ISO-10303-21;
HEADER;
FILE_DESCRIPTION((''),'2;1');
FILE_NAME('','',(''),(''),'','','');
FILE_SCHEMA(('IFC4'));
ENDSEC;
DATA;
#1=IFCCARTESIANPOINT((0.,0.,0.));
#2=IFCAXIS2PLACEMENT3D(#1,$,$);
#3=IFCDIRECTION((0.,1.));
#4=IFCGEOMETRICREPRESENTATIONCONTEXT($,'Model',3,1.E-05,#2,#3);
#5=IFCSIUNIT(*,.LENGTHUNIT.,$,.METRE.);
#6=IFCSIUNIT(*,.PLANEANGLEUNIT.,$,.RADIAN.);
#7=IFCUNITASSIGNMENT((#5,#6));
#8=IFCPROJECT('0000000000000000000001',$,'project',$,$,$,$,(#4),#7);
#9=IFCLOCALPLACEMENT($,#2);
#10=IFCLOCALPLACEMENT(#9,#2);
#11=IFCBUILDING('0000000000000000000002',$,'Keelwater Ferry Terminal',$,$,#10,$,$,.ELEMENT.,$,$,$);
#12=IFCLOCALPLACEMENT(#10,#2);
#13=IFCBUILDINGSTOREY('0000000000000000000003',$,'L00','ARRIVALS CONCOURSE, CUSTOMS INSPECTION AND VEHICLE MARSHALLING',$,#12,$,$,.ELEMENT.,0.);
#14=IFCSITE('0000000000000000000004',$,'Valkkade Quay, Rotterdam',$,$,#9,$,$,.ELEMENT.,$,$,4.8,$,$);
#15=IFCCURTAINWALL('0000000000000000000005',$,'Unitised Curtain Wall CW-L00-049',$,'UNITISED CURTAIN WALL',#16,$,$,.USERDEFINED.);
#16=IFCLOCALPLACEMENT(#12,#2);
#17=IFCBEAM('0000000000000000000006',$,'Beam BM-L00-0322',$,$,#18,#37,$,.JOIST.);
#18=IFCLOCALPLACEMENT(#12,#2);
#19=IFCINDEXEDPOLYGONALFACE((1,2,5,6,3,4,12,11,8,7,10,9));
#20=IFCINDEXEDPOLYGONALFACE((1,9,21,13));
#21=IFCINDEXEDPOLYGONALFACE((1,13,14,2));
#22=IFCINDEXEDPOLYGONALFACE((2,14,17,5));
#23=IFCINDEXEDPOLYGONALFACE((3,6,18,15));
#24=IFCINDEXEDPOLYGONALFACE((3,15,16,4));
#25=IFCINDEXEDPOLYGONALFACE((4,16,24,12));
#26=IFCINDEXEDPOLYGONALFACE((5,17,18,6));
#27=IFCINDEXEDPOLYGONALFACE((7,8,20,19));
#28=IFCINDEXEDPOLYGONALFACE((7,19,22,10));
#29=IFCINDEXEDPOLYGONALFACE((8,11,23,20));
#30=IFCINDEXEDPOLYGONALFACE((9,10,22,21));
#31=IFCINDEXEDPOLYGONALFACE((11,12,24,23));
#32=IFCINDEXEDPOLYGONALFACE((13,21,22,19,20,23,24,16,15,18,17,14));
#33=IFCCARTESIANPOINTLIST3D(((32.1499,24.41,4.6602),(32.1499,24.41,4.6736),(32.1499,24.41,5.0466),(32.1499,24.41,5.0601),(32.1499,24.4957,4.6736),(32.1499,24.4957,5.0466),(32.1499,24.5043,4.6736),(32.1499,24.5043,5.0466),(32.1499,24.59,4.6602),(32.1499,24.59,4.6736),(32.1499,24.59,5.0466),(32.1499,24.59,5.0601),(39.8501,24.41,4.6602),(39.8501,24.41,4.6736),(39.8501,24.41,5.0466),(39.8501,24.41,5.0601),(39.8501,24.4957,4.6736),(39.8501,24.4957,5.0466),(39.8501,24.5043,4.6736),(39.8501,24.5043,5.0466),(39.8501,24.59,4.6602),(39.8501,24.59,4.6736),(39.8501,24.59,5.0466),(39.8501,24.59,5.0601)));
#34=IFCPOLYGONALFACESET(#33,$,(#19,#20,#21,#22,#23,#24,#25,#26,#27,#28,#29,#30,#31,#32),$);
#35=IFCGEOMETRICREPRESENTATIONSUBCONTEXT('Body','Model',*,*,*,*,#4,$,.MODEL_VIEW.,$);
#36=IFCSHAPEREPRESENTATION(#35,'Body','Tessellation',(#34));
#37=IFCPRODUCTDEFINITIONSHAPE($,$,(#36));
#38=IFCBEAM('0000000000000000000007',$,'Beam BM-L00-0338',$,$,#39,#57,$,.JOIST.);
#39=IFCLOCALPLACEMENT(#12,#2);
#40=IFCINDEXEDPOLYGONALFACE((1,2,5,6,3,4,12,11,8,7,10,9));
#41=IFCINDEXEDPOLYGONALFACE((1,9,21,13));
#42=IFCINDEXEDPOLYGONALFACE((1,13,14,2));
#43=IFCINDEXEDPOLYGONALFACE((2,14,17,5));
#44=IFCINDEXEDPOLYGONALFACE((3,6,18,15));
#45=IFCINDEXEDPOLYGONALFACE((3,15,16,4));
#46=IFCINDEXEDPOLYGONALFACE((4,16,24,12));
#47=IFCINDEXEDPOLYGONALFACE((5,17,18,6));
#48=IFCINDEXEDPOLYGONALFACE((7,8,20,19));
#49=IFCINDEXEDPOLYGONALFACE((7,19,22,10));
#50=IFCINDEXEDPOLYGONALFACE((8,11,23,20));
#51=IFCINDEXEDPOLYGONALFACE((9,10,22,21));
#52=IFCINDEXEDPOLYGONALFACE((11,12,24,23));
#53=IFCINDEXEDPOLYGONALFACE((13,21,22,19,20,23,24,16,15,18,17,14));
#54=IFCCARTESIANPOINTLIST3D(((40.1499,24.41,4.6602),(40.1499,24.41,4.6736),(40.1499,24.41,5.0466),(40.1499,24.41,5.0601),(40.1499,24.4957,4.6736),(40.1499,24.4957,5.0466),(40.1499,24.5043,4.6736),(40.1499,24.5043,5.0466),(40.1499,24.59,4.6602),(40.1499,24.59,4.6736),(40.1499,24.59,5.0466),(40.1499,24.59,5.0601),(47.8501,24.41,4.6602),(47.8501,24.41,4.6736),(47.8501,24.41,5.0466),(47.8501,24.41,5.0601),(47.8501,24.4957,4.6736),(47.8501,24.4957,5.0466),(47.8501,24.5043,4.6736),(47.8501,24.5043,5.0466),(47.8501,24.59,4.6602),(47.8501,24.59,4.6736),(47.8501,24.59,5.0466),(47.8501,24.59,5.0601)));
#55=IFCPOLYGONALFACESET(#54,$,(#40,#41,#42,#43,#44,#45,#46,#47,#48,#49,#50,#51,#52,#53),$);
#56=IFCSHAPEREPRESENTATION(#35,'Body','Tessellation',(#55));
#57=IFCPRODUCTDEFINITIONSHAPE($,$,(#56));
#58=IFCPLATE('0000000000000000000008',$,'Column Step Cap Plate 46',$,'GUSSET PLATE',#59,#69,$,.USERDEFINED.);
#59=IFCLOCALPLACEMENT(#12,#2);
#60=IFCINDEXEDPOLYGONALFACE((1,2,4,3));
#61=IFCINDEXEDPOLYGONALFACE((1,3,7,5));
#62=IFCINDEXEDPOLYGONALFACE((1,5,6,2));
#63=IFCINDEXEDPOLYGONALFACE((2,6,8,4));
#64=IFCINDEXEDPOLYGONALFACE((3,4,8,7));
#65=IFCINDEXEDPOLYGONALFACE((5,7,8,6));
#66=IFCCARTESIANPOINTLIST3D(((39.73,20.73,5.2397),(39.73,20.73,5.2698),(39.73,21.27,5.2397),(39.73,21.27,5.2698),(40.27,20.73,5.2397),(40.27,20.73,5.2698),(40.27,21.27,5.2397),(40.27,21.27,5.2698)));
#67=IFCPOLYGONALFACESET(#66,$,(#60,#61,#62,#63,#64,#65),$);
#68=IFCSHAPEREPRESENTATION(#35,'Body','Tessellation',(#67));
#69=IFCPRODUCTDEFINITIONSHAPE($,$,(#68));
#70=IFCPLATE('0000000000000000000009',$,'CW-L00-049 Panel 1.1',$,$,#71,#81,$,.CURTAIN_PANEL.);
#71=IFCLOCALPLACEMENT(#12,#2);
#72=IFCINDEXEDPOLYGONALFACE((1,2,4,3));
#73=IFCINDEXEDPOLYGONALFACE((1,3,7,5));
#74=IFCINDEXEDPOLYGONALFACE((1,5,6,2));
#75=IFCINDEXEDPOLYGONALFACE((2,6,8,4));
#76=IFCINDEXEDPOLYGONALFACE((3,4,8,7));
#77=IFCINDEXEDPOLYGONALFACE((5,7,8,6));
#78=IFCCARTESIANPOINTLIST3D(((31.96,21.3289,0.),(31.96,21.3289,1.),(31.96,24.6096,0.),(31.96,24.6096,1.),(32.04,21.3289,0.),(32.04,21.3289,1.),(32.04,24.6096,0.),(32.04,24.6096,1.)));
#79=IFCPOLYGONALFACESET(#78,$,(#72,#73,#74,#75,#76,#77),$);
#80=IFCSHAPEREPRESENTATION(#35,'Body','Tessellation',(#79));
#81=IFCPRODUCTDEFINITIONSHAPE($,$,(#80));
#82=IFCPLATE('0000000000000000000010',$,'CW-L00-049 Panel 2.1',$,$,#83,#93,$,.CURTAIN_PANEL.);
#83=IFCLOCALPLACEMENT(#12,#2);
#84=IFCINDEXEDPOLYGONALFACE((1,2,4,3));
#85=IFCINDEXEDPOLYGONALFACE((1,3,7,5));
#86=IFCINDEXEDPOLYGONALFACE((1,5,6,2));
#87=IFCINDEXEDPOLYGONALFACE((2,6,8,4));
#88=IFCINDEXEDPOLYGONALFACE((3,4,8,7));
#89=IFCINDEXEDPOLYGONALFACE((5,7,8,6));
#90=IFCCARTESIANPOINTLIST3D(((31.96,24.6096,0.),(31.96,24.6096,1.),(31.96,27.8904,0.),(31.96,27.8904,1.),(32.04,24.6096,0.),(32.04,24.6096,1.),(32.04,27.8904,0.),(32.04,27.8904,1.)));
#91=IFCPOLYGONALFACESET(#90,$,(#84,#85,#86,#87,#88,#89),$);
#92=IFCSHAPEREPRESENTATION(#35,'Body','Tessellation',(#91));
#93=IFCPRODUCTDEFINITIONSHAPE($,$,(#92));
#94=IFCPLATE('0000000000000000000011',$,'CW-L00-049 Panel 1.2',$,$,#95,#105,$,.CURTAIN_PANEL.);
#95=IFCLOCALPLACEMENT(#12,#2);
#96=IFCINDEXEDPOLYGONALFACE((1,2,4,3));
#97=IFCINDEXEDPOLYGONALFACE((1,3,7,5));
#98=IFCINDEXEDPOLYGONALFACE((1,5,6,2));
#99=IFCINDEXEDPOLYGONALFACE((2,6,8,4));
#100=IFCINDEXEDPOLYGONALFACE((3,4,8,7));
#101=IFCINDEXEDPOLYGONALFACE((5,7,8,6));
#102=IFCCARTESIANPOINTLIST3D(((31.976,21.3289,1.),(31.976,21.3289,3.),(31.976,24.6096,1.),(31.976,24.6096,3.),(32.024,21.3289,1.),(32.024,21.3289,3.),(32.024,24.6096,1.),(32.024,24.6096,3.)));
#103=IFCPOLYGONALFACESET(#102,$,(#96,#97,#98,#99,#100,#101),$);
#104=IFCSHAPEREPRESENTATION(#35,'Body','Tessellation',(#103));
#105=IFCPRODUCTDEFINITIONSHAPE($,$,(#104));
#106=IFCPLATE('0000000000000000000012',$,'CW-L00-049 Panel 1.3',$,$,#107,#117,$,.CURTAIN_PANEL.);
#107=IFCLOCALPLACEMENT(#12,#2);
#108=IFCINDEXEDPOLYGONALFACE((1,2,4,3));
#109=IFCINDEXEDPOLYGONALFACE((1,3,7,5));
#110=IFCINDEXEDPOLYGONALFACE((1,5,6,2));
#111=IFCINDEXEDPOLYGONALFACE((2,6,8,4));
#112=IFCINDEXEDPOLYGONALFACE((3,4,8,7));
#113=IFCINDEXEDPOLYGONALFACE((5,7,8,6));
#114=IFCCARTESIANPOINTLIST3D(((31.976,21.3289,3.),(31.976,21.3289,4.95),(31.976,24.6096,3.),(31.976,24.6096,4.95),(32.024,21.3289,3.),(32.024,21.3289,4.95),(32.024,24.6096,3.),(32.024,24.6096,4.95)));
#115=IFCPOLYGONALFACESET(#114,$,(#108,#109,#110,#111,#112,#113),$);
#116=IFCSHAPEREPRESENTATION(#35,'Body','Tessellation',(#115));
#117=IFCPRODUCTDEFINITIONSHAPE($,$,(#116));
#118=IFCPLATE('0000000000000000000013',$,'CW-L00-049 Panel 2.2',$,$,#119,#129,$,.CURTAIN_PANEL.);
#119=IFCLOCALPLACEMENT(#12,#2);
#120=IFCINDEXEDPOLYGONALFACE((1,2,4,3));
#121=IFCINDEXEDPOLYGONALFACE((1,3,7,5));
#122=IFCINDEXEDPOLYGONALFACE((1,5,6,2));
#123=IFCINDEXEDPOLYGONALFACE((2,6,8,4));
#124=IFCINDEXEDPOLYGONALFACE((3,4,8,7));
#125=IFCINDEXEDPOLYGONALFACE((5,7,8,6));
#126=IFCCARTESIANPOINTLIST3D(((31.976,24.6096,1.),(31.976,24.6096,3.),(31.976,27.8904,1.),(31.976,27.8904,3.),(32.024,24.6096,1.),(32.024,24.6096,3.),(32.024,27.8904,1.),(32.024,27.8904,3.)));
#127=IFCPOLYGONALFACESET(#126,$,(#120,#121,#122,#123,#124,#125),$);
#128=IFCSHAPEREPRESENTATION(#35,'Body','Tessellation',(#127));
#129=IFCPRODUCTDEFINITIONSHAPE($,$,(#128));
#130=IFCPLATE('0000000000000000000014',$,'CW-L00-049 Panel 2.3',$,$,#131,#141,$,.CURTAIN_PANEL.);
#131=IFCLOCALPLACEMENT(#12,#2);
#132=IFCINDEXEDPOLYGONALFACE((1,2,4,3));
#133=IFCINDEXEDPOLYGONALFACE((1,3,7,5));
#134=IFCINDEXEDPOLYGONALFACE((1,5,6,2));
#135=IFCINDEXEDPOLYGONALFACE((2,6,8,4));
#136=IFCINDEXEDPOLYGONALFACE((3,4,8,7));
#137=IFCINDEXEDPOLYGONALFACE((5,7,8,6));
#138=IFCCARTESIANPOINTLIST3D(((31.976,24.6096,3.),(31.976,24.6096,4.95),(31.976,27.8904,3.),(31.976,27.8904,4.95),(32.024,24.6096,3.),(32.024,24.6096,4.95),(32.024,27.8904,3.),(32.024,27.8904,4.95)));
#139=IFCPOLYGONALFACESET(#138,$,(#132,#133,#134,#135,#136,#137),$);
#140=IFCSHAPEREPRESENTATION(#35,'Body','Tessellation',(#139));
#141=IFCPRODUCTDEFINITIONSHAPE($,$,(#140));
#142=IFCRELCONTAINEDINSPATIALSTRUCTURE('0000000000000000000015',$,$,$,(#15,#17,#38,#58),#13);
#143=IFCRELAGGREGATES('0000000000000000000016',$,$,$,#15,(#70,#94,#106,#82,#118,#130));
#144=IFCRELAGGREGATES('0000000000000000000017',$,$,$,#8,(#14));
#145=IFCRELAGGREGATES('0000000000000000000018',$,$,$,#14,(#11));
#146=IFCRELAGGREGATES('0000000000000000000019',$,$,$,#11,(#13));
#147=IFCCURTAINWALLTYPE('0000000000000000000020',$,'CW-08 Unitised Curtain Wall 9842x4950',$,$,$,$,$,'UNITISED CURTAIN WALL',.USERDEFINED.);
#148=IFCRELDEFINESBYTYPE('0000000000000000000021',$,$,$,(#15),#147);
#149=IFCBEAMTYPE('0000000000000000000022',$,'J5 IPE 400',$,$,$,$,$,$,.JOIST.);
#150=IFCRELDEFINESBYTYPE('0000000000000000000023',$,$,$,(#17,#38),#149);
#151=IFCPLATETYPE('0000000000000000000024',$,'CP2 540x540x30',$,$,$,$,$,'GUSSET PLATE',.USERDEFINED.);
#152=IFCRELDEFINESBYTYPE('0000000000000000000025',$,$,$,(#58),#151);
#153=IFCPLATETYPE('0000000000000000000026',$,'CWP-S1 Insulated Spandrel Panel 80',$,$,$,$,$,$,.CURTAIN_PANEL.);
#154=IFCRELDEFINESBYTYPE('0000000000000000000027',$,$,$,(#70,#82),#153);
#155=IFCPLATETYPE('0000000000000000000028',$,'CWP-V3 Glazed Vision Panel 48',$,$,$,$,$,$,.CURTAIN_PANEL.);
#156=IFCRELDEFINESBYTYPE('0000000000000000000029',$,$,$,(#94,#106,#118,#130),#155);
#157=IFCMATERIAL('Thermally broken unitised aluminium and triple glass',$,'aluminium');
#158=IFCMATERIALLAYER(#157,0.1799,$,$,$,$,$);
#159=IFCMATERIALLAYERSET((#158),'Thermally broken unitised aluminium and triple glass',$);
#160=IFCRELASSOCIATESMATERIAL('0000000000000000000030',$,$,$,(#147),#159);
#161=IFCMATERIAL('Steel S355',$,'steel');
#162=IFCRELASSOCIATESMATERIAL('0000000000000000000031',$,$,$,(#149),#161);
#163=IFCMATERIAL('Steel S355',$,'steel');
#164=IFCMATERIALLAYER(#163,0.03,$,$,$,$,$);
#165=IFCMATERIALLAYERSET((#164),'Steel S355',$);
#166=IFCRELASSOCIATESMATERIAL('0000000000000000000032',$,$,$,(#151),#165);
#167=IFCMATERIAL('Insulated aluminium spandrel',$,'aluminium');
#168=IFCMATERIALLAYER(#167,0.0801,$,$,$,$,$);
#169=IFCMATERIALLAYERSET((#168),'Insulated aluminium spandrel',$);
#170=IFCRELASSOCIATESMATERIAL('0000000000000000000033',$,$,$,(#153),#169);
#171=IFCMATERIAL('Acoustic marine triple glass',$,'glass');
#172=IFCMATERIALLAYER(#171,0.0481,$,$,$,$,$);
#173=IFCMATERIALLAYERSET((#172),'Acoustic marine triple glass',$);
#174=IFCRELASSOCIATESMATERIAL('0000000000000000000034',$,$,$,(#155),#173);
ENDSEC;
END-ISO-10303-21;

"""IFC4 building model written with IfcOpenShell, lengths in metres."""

from ifc_helpers import new_model, si_unit, direction, frame, origin, origin_2d, place, context, subcontext, project, spatial, rectangle, i_section, extrude, material, layer, layer_set, material_profile, profile_set, type_object, element, aggregate, save


model = new_model("IFC4")

# Units and contexts
model_context = context("Model", 3, precision=1e-05, world=origin(), true_north=direction((0.0, 1.0)))
body_context = subcontext(model_context, "Body", "Model", "MODEL_VIEW")
ifc_project = project(units=[si_unit("LENGTHUNIT", "METRE"), si_unit("PLANEANGLEUNIT", "RADIAN")], contexts=[model_context])

# Site, building, storey
site_placement = place(None, origin())
site = spatial("IfcSite", under=ifc_project, at=site_placement, Name="Valkkade Quay, Rotterdam", CompositionType="ELEMENT", RefElevation=4.8)
building_placement = place(site_placement, origin())
building = spatial("IfcBuilding", under=site, at=building_placement, Name="Keelwater Ferry Terminal", CompositionType="ELEMENT")
storey_placement = place(building_placement, origin())
storey = spatial("IfcBuildingStorey", under=building, at=storey_placement, Name="L00", Description="ARRIVALS CONCOURSE, CUSTOMS INSPECTION AND VEHICLE MARSHALLING", CompositionType="ELEMENT", Elevation=0.0)

# Curtain wall
ifc_material_1 = material(Name="Thermally broken unitised aluminium and triple glass", Category="aluminium")
ifc_layer_1 = layer(ifc_material_1, 0.1799)
ifc_layer_set_1 = layer_set([ifc_layer_1], Name="Thermally broken unitised aluminium and triple glass")
curtain_wall_type = type_object("IfcCurtainWallType", Name="CW-08 Unitised Curtain Wall 9842x4950", ElementType="UNITISED CURTAIN WALL", PredefinedType="USERDEFINED", material=ifc_layer_set_1)
curtain_wall_placement = place(storey_placement, origin())
curtain_wall = element("IfcCurtainWall", 1, at=curtain_wall_placement, inside=storey, type_object=curtain_wall_type, Name="Unitised Curtain Wall CW-L00-049", ObjectType="UNITISED CURTAIN WALL", PredefinedType="USERDEFINED")

# Beams
ifc_material_2 = material(Name="Steel S355", Category="steel")
ifc_material_profile_1 = material_profile(ifc_material_2, i_section(OverallWidth=0.1799, OverallDepth=0.3999, WebThickness=0.0085, FlangeThickness=0.0134, at=origin_2d()), Name="IPE 400")
ifc_profile_set_1 = profile_set([ifc_material_profile_1], Name="Steel S355")
beam_type_1 = type_object("IfcBeamType", Name="J5 IPE 400", PredefinedType="JOIST", material=ifc_profile_set_1)
for number, where, z_axis, x_axis, name in (
    (2, (32.1499, 24.5, 4.8601), (1.0, 0.0, 0.0), (0.0, 1.0, 0.0), "Beam BM-L00-0322"),
    (3, (40.1499, 24.5, 4.8601), (1.0, 0.0, 0.0), (0.0, 1.0, 0.0), "Beam BM-L00-0338"),
):
    element("IfcBeam", number, at=place(storey_placement, frame(where, z_axis=z_axis, x_axis=x_axis)), inside=storey, type_object=beam_type_1, Name=name, PredefinedType="JOIST", context=body_context, shape_type="SweptSolid", body=[
        extrude(i_section(OverallWidth=0.1799, OverallDepth=0.3999, WebThickness=0.0085, FlangeThickness=0.0134, at=origin_2d()), origin(), (0.0, 0.0, 1.0), 7.7002),
    ])

# Plates
ifc_material_3 = material(Name="Steel S355", Category="steel")
ifc_layer_2 = layer(ifc_material_3, 0.03)
ifc_layer_set_2 = layer_set([ifc_layer_2], Name="Steel S355")
plate_type_1 = type_object("IfcPlateType", Name="CP2 540x540x30", ElementType="GUSSET PLATE", PredefinedType="USERDEFINED", material=ifc_layer_set_2)
plate_1_placement = place(storey_placement, frame((40.0, 21.0, 5.2397), z_axis=(0.0, 0.0, 1.0), x_axis=(1.0, 0.0, 0.0)))
element("IfcPlate", 4, at=plate_1_placement, inside=storey, type_object=plate_type_1, Name="Column Step Cap Plate 46", ObjectType="GUSSET PLATE", PredefinedType="USERDEFINED", context=body_context, shape_type="SweptSolid", body=[
    extrude(rectangle(XDim=0.54, YDim=0.54, at=origin_2d()), origin(), (0.0, 0.0, 1.0), 0.03),
])
ifc_material_4 = material(Name="Insulated aluminium spandrel", Category="aluminium")
ifc_layer_3 = layer(ifc_material_4, 0.0801)
ifc_layer_set_3 = layer_set([ifc_layer_3], Name="Insulated aluminium spandrel")
plate_type_2 = type_object("IfcPlateType", Name="CWP-S1 Insulated Spandrel Panel 80", PredefinedType="CURTAIN_PANEL", material=ifc_layer_set_3)
plate_2_placement = place(storey_placement, frame((32.0, 22.9692, 0.0), z_axis=(0.0, 0.0, 1.0), x_axis=(0.0, 1.0, 0.0)))
plate_2 = element("IfcPlate", 5, at=plate_2_placement, type_object=plate_type_2, Name="CW-L00-049 Panel 1.1", PredefinedType="CURTAIN_PANEL", context=body_context, shape_type="SweptSolid", body=[
    extrude(rectangle(XDim=3.2808, YDim=0.0801, at=origin_2d()), origin(), (0.0, 0.0, 1.0), 1.0),
])
plate_3_placement = place(storey_placement, frame((32.0, 26.25, 0.0), z_axis=(0.0, 0.0, 1.0), x_axis=(0.0, 1.0, 0.0)))
plate_3 = element("IfcPlate", 6, at=plate_3_placement, type_object=plate_type_2, Name="CW-L00-049 Panel 2.1", PredefinedType="CURTAIN_PANEL", context=body_context, shape_type="SweptSolid", body=[
    extrude(rectangle(XDim=3.2808, YDim=0.0801, at=origin_2d()), origin(), (0.0, 0.0, 1.0), 1.0),
])
ifc_material_5 = material(Name="Acoustic marine triple glass", Category="glass")
ifc_layer_4 = layer(ifc_material_5, 0.0481)
ifc_layer_set_4 = layer_set([ifc_layer_4], Name="Acoustic marine triple glass")
plate_type_3 = type_object("IfcPlateType", Name="CWP-V3 Glazed Vision Panel 48", PredefinedType="CURTAIN_PANEL", material=ifc_layer_set_4)
plate_4_placement = place(storey_placement, frame((32.0, 22.9692, 1.0), z_axis=(0.0, 0.0, 1.0), x_axis=(0.0, 1.0, 0.0)))
plate_4 = element("IfcPlate", 7, at=plate_4_placement, type_object=plate_type_3, Name="CW-L00-049 Panel 1.2", PredefinedType="CURTAIN_PANEL", context=body_context, shape_type="SweptSolid", body=[
    extrude(rectangle(XDim=3.2808, YDim=0.0481, at=origin_2d()), origin(), (0.0, 0.0, 1.0), 2.0),
])
plate_5_placement = place(storey_placement, frame((32.0, 22.9692, 3.0), z_axis=(0.0, 0.0, 1.0), x_axis=(0.0, 1.0, 0.0)))
plate_5 = element("IfcPlate", 8, at=plate_5_placement, type_object=plate_type_3, Name="CW-L00-049 Panel 1.3", PredefinedType="CURTAIN_PANEL", context=body_context, shape_type="SweptSolid", body=[
    extrude(rectangle(XDim=3.2808, YDim=0.0481, at=origin_2d()), origin(), (0.0, 0.0, 1.0), 1.95),
])
plate_6_placement = place(storey_placement, frame((32.0, 26.25, 1.0), z_axis=(0.0, 0.0, 1.0), x_axis=(0.0, 1.0, 0.0)))
plate_6 = element("IfcPlate", 9, at=plate_6_placement, type_object=plate_type_3, Name="CW-L00-049 Panel 2.2", PredefinedType="CURTAIN_PANEL", context=body_context, shape_type="SweptSolid", body=[
    extrude(rectangle(XDim=3.2808, YDim=0.0481, at=origin_2d()), origin(), (0.0, 0.0, 1.0), 2.0),
])
plate_7_placement = place(storey_placement, frame((32.0, 26.25, 3.0), z_axis=(0.0, 0.0, 1.0), x_axis=(0.0, 1.0, 0.0)))
plate_7 = element("IfcPlate", 10, at=plate_7_placement, type_object=plate_type_3, Name="CW-L00-049 Panel 2.3", PredefinedType="CURTAIN_PANEL", context=body_context, shape_type="SweptSolid", body=[
    extrude(rectangle(XDim=3.2808, YDim=0.0481, at=origin_2d()), origin(), (0.0, 0.0, 1.0), 1.95),
])
aggregate(curtain_wall, [plate_2, plate_4, plate_5, plate_3, plate_6, plate_7])

save(model, "model.ifc")
